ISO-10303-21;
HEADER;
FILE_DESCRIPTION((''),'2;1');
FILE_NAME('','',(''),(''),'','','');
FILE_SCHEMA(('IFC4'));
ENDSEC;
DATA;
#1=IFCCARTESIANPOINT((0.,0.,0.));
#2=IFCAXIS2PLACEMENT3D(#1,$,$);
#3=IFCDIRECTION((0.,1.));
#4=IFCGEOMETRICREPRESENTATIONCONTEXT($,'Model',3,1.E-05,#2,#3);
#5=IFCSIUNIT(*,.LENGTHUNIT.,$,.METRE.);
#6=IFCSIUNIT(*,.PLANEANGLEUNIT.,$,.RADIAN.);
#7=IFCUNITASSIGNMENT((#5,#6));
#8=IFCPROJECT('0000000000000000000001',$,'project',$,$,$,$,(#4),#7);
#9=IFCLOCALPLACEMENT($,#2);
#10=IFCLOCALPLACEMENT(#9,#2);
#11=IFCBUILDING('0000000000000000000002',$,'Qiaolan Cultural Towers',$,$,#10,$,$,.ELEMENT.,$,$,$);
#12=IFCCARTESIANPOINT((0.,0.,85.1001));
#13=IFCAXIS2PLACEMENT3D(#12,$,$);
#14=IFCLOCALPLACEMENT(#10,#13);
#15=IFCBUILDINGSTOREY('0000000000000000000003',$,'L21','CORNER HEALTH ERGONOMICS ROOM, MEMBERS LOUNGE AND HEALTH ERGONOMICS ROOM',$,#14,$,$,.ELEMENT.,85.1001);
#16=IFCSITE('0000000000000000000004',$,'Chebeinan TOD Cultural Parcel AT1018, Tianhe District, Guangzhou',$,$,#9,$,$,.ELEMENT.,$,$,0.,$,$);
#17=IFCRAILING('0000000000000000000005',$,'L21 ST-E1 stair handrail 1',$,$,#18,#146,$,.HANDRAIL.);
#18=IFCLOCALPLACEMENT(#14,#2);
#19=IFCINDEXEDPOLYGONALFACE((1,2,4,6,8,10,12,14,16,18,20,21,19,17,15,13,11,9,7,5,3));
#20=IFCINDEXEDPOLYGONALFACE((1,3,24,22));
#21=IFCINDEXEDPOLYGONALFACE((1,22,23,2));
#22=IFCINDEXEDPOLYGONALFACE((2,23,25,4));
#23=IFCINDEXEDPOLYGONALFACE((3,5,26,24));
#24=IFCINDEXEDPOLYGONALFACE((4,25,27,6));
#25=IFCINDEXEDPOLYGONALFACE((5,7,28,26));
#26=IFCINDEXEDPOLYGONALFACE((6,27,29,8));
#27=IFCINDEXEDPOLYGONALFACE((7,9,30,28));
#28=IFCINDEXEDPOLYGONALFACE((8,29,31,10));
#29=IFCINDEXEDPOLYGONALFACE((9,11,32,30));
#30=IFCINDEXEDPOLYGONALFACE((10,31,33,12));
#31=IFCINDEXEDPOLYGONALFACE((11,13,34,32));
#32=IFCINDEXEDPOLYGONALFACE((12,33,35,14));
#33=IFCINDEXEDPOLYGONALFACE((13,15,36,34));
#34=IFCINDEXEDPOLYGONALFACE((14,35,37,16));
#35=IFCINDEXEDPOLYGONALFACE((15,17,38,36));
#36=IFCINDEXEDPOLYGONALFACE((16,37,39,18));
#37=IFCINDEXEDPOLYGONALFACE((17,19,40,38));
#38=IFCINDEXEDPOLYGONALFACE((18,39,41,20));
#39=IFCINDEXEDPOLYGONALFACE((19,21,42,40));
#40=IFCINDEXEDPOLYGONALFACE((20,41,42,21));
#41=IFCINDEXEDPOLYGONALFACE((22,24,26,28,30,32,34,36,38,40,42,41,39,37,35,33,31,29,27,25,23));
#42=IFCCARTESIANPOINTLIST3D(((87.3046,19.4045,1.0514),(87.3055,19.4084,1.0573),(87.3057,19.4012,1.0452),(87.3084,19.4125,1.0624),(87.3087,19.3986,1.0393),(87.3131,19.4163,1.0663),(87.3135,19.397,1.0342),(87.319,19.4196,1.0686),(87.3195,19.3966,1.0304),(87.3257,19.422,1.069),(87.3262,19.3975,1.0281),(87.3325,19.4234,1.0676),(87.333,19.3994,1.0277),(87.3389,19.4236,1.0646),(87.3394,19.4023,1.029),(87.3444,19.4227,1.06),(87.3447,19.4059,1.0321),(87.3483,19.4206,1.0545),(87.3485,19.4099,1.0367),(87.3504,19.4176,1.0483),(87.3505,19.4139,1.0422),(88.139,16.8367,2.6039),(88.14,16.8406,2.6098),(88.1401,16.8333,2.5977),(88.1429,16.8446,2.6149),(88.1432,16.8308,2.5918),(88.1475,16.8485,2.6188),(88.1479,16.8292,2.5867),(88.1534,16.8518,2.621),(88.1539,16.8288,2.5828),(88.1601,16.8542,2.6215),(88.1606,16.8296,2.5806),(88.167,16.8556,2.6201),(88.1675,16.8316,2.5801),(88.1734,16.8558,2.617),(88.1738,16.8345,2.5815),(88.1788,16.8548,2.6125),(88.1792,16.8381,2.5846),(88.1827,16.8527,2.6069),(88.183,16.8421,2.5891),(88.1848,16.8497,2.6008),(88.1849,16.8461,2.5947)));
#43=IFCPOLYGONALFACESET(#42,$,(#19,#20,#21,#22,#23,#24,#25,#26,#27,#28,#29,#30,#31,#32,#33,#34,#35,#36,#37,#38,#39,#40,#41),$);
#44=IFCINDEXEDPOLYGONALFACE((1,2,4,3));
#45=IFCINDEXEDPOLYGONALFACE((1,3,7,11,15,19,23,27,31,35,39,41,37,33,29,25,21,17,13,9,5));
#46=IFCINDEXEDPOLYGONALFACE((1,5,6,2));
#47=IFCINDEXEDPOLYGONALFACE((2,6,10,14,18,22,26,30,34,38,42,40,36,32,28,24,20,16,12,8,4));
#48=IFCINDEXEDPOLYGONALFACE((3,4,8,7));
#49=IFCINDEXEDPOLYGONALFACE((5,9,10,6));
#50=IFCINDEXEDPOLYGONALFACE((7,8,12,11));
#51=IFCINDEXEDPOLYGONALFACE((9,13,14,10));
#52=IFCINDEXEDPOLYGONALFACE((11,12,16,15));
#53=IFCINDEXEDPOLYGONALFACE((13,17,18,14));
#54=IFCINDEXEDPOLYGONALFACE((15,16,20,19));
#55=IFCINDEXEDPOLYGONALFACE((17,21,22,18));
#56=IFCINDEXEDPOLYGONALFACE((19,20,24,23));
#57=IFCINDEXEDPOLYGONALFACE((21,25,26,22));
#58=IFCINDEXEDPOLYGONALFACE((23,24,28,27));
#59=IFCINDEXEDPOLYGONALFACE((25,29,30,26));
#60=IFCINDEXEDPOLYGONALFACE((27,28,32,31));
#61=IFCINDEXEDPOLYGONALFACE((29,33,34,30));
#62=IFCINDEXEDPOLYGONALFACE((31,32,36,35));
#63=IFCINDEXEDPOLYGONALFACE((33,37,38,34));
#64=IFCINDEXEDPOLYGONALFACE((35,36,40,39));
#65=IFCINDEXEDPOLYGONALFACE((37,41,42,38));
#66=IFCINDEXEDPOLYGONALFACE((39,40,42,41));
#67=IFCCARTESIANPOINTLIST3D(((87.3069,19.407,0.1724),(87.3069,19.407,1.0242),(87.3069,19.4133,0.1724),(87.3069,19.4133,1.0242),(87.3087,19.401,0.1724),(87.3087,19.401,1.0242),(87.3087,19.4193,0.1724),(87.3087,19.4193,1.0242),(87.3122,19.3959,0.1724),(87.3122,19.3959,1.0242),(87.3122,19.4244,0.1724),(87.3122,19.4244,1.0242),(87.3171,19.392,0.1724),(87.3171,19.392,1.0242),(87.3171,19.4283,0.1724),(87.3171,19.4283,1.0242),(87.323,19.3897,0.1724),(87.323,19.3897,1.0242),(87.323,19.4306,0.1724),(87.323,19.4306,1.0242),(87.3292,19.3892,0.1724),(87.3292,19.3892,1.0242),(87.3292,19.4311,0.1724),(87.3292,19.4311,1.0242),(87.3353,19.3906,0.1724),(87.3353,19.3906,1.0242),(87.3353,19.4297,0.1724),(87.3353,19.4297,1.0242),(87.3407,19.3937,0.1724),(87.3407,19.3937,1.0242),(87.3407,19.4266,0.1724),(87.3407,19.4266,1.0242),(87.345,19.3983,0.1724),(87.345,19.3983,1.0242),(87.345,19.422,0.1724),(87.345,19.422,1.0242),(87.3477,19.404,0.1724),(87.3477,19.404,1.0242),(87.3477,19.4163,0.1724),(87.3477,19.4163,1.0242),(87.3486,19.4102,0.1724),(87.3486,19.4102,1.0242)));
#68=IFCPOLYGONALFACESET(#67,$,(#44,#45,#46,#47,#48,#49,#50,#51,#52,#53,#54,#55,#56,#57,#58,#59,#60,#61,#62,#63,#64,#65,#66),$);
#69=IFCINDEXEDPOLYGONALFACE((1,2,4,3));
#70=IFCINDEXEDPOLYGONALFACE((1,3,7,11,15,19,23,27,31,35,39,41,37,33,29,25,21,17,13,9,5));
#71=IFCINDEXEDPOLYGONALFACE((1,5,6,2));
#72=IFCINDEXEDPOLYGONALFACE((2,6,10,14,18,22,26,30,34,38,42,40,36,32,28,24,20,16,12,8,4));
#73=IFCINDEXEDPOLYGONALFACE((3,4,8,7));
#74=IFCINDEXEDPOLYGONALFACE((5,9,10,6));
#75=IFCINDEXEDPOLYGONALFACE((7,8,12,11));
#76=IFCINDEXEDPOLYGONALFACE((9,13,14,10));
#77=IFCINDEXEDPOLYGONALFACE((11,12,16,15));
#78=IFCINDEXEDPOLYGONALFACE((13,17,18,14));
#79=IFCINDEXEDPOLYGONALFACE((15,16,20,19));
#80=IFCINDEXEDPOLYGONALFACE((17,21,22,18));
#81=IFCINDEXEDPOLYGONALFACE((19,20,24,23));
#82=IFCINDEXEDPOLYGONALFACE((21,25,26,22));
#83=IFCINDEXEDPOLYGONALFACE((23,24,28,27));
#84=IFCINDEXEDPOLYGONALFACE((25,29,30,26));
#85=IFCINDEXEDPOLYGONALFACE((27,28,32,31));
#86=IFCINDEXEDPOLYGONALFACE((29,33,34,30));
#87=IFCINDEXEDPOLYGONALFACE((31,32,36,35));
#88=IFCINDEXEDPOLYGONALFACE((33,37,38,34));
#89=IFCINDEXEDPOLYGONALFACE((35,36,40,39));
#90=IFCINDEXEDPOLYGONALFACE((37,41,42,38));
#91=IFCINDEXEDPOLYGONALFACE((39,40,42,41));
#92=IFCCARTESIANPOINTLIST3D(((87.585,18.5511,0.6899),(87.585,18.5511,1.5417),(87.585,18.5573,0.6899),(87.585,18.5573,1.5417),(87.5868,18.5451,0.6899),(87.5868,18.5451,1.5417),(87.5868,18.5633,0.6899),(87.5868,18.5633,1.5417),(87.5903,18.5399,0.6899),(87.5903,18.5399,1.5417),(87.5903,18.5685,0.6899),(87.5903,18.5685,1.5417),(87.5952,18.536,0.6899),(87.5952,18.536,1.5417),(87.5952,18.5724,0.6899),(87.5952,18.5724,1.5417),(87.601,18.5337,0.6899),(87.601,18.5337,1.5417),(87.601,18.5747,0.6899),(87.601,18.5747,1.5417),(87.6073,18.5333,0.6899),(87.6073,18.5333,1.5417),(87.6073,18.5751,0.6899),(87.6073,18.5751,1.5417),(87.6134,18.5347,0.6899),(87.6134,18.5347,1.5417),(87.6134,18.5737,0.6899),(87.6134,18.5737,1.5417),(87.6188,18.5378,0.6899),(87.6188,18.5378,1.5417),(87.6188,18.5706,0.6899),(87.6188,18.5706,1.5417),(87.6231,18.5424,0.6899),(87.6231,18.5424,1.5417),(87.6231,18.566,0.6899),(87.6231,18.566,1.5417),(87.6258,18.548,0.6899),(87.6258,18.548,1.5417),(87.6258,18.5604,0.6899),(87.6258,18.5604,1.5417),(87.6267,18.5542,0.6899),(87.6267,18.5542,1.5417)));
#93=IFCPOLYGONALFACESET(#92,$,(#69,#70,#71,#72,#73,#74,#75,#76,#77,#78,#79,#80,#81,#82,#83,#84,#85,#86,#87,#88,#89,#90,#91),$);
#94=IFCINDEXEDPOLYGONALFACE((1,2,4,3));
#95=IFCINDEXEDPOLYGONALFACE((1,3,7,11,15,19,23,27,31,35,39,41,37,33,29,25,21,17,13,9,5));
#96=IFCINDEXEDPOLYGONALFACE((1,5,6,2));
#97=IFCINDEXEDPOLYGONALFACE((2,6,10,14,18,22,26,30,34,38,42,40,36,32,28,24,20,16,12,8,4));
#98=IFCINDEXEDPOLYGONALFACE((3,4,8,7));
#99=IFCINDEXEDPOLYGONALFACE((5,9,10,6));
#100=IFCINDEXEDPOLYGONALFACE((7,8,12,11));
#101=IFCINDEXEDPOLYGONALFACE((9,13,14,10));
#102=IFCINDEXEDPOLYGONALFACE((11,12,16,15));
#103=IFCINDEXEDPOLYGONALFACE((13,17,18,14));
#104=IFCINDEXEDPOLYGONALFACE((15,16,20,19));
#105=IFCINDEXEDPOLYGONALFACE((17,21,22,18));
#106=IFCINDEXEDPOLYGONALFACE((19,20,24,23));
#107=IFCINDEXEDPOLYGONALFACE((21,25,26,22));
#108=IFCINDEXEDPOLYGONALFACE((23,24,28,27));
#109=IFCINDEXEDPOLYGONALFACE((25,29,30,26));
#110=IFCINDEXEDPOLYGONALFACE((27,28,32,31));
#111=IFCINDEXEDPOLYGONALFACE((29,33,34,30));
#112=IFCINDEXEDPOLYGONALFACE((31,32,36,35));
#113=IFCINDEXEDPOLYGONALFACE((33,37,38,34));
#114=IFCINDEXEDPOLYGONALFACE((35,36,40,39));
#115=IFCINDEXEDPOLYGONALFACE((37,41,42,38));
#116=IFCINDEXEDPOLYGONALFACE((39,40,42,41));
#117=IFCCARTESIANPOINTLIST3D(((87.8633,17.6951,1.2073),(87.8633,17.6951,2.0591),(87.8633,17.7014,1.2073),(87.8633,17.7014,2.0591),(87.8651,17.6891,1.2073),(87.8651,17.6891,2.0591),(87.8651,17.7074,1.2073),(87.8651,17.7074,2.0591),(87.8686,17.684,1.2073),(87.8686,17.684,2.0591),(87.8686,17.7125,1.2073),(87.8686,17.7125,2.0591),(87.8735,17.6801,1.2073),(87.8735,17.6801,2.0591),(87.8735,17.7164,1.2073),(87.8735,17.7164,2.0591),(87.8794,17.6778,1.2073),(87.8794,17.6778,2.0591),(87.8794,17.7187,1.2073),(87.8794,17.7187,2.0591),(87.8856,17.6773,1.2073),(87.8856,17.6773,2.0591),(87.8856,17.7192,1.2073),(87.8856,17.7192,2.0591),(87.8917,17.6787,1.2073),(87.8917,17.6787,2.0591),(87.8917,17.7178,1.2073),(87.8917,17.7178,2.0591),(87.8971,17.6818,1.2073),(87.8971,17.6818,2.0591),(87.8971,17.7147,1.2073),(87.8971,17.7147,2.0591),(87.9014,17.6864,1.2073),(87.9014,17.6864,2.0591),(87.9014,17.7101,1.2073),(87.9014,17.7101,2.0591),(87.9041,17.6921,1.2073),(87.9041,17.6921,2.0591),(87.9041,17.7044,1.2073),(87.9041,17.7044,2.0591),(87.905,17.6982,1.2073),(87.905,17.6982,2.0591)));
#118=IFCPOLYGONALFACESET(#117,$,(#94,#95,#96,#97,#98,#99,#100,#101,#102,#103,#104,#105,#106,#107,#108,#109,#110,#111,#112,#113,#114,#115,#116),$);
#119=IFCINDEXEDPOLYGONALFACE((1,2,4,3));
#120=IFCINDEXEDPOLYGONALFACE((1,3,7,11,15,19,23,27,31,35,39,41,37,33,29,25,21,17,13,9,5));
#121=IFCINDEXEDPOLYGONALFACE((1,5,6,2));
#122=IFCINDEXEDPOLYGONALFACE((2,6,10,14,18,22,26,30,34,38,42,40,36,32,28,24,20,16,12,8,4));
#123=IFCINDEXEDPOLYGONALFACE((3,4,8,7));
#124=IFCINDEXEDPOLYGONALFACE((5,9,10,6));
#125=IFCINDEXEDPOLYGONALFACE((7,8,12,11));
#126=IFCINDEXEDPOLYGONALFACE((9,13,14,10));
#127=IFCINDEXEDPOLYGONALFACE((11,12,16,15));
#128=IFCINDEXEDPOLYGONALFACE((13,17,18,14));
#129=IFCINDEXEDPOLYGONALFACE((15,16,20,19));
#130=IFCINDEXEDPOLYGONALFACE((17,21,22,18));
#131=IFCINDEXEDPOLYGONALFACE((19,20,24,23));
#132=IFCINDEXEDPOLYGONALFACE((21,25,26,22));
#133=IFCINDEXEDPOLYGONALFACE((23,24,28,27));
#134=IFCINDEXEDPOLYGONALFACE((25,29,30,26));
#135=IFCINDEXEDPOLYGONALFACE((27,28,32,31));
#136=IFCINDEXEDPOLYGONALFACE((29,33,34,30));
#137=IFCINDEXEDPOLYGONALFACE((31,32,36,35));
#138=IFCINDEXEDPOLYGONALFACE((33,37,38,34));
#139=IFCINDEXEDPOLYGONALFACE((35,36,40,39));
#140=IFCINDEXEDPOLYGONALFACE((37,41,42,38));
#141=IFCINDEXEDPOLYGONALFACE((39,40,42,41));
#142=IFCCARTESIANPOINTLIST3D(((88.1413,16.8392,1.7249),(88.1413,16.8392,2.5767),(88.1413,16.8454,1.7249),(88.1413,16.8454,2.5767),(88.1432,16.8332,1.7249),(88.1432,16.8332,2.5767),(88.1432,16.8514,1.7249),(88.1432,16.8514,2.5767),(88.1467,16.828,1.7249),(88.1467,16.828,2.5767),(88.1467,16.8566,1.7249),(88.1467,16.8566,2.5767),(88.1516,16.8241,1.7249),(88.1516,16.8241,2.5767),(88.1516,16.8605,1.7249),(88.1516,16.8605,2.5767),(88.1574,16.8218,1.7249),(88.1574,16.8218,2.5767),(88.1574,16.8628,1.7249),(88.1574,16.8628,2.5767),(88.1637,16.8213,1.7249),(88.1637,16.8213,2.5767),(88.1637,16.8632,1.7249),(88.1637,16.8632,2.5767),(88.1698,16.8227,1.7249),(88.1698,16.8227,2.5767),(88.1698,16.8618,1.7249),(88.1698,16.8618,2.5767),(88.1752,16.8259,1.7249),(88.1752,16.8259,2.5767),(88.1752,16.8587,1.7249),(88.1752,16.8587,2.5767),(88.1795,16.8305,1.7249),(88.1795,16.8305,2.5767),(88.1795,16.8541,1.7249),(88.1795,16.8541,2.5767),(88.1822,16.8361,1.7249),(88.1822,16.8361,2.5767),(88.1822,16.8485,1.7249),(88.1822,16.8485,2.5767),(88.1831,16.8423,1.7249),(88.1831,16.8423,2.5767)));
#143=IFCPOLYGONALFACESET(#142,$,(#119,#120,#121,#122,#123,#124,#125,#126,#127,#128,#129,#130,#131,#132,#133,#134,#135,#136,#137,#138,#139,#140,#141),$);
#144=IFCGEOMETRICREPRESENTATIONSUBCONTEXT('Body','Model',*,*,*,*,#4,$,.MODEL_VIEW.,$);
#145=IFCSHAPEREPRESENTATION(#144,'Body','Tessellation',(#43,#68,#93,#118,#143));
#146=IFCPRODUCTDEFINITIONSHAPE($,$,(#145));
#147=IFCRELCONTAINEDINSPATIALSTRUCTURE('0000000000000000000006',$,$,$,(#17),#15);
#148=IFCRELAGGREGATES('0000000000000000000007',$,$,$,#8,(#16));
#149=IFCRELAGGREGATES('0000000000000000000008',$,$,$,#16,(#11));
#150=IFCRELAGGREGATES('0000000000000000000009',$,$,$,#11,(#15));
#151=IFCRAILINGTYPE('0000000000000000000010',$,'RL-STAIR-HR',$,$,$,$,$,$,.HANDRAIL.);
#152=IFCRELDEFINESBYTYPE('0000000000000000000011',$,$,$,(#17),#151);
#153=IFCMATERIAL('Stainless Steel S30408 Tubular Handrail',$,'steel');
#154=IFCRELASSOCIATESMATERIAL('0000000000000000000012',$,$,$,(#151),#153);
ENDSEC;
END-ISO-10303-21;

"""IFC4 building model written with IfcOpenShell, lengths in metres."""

from ifc_helpers import new_model, si_unit, direction, frame, origin, origin_2d, place, context, subcontext, project, spatial, circle, extrude, material, type_object, element, save


model = new_model("IFC4")

# Units and contexts
model_context = context("Model", 3, precision=1e-05, world=origin(), true_north=direction((0.0, 1.0)))
body_context = subcontext(model_context, "Body", "Model", "MODEL_VIEW")
ifc_project = project(units=[si_unit("LENGTHUNIT", "METRE"), si_unit("PLANEANGLEUNIT", "RADIAN")], contexts=[model_context])

# Site, building, storey
site_placement = place(None, origin())
site = spatial("IfcSite", under=ifc_project, at=site_placement, Name="Chebeinan TOD Cultural Parcel AT1018, Tianhe District, Guangzhou", CompositionType="ELEMENT", RefElevation=0.0)
building_placement = place(site_placement, origin())
building = spatial("IfcBuilding", under=site, at=building_placement, Name="Qiaolan Cultural Towers", CompositionType="ELEMENT")
storey_placement = place(building_placement, frame((0.0, 0.0, 85.1001)))
storey = spatial("IfcBuildingStorey", under=building, at=storey_placement, Name="L21", Description="CORNER HEALTH ERGONOMICS ROOM, MEMBERS LOUNGE AND HEALTH ERGONOMICS ROOM", CompositionType="ELEMENT", Elevation=85.1001)

# Railing
ifc_material_1 = material(Name="Stainless Steel S30408 Tubular Handrail", Category="steel")
railing_type_1 = type_object("IfcRailingType", Name="RL-STAIR-HR", PredefinedType="HANDRAIL", material=ifc_material_1)
railing_1_placement = place(storey_placement, frame((87.3276, 19.4102, 0.1724)))
element("IfcRailing", 1, at=railing_1_placement, inside=storey, type_object=railing_type_1, Name="L21 ST-E1 stair handrail 1", PredefinedType="HANDRAIL", context=body_context, shape_type="SweptSolid", body=[
    extrude(circle(Radius=0.0239, at=origin_2d()), frame((0.0, 0.0, 0.876), z_axis=(0.267926, -0.824471, 0.498461), x_axis=(0.951043, 0.309057, 0.0)), (0.0, 0.0, 1.0), 3.1145),
    extrude(circle(Radius=0.021, at=origin_2d()), origin(), (0.0, 0.0, 1.0), 0.8518),
    extrude(circle(Radius=0.021, at=origin_2d()), frame((0.2781, -0.856, 0.5176)), (0.0, 0.0, 1.0), 0.8518),
    extrude(circle(Radius=0.021, at=origin_2d()), frame((0.5564, -1.7119, 1.0349)), (0.0, 0.0, 1.0), 0.8518),
    extrude(circle(Radius=0.021, at=origin_2d()), frame((0.8345, -2.5679, 1.5525)), (0.0, 0.0, 1.0), 0.8518),
])

save(model, "model.ifc")
